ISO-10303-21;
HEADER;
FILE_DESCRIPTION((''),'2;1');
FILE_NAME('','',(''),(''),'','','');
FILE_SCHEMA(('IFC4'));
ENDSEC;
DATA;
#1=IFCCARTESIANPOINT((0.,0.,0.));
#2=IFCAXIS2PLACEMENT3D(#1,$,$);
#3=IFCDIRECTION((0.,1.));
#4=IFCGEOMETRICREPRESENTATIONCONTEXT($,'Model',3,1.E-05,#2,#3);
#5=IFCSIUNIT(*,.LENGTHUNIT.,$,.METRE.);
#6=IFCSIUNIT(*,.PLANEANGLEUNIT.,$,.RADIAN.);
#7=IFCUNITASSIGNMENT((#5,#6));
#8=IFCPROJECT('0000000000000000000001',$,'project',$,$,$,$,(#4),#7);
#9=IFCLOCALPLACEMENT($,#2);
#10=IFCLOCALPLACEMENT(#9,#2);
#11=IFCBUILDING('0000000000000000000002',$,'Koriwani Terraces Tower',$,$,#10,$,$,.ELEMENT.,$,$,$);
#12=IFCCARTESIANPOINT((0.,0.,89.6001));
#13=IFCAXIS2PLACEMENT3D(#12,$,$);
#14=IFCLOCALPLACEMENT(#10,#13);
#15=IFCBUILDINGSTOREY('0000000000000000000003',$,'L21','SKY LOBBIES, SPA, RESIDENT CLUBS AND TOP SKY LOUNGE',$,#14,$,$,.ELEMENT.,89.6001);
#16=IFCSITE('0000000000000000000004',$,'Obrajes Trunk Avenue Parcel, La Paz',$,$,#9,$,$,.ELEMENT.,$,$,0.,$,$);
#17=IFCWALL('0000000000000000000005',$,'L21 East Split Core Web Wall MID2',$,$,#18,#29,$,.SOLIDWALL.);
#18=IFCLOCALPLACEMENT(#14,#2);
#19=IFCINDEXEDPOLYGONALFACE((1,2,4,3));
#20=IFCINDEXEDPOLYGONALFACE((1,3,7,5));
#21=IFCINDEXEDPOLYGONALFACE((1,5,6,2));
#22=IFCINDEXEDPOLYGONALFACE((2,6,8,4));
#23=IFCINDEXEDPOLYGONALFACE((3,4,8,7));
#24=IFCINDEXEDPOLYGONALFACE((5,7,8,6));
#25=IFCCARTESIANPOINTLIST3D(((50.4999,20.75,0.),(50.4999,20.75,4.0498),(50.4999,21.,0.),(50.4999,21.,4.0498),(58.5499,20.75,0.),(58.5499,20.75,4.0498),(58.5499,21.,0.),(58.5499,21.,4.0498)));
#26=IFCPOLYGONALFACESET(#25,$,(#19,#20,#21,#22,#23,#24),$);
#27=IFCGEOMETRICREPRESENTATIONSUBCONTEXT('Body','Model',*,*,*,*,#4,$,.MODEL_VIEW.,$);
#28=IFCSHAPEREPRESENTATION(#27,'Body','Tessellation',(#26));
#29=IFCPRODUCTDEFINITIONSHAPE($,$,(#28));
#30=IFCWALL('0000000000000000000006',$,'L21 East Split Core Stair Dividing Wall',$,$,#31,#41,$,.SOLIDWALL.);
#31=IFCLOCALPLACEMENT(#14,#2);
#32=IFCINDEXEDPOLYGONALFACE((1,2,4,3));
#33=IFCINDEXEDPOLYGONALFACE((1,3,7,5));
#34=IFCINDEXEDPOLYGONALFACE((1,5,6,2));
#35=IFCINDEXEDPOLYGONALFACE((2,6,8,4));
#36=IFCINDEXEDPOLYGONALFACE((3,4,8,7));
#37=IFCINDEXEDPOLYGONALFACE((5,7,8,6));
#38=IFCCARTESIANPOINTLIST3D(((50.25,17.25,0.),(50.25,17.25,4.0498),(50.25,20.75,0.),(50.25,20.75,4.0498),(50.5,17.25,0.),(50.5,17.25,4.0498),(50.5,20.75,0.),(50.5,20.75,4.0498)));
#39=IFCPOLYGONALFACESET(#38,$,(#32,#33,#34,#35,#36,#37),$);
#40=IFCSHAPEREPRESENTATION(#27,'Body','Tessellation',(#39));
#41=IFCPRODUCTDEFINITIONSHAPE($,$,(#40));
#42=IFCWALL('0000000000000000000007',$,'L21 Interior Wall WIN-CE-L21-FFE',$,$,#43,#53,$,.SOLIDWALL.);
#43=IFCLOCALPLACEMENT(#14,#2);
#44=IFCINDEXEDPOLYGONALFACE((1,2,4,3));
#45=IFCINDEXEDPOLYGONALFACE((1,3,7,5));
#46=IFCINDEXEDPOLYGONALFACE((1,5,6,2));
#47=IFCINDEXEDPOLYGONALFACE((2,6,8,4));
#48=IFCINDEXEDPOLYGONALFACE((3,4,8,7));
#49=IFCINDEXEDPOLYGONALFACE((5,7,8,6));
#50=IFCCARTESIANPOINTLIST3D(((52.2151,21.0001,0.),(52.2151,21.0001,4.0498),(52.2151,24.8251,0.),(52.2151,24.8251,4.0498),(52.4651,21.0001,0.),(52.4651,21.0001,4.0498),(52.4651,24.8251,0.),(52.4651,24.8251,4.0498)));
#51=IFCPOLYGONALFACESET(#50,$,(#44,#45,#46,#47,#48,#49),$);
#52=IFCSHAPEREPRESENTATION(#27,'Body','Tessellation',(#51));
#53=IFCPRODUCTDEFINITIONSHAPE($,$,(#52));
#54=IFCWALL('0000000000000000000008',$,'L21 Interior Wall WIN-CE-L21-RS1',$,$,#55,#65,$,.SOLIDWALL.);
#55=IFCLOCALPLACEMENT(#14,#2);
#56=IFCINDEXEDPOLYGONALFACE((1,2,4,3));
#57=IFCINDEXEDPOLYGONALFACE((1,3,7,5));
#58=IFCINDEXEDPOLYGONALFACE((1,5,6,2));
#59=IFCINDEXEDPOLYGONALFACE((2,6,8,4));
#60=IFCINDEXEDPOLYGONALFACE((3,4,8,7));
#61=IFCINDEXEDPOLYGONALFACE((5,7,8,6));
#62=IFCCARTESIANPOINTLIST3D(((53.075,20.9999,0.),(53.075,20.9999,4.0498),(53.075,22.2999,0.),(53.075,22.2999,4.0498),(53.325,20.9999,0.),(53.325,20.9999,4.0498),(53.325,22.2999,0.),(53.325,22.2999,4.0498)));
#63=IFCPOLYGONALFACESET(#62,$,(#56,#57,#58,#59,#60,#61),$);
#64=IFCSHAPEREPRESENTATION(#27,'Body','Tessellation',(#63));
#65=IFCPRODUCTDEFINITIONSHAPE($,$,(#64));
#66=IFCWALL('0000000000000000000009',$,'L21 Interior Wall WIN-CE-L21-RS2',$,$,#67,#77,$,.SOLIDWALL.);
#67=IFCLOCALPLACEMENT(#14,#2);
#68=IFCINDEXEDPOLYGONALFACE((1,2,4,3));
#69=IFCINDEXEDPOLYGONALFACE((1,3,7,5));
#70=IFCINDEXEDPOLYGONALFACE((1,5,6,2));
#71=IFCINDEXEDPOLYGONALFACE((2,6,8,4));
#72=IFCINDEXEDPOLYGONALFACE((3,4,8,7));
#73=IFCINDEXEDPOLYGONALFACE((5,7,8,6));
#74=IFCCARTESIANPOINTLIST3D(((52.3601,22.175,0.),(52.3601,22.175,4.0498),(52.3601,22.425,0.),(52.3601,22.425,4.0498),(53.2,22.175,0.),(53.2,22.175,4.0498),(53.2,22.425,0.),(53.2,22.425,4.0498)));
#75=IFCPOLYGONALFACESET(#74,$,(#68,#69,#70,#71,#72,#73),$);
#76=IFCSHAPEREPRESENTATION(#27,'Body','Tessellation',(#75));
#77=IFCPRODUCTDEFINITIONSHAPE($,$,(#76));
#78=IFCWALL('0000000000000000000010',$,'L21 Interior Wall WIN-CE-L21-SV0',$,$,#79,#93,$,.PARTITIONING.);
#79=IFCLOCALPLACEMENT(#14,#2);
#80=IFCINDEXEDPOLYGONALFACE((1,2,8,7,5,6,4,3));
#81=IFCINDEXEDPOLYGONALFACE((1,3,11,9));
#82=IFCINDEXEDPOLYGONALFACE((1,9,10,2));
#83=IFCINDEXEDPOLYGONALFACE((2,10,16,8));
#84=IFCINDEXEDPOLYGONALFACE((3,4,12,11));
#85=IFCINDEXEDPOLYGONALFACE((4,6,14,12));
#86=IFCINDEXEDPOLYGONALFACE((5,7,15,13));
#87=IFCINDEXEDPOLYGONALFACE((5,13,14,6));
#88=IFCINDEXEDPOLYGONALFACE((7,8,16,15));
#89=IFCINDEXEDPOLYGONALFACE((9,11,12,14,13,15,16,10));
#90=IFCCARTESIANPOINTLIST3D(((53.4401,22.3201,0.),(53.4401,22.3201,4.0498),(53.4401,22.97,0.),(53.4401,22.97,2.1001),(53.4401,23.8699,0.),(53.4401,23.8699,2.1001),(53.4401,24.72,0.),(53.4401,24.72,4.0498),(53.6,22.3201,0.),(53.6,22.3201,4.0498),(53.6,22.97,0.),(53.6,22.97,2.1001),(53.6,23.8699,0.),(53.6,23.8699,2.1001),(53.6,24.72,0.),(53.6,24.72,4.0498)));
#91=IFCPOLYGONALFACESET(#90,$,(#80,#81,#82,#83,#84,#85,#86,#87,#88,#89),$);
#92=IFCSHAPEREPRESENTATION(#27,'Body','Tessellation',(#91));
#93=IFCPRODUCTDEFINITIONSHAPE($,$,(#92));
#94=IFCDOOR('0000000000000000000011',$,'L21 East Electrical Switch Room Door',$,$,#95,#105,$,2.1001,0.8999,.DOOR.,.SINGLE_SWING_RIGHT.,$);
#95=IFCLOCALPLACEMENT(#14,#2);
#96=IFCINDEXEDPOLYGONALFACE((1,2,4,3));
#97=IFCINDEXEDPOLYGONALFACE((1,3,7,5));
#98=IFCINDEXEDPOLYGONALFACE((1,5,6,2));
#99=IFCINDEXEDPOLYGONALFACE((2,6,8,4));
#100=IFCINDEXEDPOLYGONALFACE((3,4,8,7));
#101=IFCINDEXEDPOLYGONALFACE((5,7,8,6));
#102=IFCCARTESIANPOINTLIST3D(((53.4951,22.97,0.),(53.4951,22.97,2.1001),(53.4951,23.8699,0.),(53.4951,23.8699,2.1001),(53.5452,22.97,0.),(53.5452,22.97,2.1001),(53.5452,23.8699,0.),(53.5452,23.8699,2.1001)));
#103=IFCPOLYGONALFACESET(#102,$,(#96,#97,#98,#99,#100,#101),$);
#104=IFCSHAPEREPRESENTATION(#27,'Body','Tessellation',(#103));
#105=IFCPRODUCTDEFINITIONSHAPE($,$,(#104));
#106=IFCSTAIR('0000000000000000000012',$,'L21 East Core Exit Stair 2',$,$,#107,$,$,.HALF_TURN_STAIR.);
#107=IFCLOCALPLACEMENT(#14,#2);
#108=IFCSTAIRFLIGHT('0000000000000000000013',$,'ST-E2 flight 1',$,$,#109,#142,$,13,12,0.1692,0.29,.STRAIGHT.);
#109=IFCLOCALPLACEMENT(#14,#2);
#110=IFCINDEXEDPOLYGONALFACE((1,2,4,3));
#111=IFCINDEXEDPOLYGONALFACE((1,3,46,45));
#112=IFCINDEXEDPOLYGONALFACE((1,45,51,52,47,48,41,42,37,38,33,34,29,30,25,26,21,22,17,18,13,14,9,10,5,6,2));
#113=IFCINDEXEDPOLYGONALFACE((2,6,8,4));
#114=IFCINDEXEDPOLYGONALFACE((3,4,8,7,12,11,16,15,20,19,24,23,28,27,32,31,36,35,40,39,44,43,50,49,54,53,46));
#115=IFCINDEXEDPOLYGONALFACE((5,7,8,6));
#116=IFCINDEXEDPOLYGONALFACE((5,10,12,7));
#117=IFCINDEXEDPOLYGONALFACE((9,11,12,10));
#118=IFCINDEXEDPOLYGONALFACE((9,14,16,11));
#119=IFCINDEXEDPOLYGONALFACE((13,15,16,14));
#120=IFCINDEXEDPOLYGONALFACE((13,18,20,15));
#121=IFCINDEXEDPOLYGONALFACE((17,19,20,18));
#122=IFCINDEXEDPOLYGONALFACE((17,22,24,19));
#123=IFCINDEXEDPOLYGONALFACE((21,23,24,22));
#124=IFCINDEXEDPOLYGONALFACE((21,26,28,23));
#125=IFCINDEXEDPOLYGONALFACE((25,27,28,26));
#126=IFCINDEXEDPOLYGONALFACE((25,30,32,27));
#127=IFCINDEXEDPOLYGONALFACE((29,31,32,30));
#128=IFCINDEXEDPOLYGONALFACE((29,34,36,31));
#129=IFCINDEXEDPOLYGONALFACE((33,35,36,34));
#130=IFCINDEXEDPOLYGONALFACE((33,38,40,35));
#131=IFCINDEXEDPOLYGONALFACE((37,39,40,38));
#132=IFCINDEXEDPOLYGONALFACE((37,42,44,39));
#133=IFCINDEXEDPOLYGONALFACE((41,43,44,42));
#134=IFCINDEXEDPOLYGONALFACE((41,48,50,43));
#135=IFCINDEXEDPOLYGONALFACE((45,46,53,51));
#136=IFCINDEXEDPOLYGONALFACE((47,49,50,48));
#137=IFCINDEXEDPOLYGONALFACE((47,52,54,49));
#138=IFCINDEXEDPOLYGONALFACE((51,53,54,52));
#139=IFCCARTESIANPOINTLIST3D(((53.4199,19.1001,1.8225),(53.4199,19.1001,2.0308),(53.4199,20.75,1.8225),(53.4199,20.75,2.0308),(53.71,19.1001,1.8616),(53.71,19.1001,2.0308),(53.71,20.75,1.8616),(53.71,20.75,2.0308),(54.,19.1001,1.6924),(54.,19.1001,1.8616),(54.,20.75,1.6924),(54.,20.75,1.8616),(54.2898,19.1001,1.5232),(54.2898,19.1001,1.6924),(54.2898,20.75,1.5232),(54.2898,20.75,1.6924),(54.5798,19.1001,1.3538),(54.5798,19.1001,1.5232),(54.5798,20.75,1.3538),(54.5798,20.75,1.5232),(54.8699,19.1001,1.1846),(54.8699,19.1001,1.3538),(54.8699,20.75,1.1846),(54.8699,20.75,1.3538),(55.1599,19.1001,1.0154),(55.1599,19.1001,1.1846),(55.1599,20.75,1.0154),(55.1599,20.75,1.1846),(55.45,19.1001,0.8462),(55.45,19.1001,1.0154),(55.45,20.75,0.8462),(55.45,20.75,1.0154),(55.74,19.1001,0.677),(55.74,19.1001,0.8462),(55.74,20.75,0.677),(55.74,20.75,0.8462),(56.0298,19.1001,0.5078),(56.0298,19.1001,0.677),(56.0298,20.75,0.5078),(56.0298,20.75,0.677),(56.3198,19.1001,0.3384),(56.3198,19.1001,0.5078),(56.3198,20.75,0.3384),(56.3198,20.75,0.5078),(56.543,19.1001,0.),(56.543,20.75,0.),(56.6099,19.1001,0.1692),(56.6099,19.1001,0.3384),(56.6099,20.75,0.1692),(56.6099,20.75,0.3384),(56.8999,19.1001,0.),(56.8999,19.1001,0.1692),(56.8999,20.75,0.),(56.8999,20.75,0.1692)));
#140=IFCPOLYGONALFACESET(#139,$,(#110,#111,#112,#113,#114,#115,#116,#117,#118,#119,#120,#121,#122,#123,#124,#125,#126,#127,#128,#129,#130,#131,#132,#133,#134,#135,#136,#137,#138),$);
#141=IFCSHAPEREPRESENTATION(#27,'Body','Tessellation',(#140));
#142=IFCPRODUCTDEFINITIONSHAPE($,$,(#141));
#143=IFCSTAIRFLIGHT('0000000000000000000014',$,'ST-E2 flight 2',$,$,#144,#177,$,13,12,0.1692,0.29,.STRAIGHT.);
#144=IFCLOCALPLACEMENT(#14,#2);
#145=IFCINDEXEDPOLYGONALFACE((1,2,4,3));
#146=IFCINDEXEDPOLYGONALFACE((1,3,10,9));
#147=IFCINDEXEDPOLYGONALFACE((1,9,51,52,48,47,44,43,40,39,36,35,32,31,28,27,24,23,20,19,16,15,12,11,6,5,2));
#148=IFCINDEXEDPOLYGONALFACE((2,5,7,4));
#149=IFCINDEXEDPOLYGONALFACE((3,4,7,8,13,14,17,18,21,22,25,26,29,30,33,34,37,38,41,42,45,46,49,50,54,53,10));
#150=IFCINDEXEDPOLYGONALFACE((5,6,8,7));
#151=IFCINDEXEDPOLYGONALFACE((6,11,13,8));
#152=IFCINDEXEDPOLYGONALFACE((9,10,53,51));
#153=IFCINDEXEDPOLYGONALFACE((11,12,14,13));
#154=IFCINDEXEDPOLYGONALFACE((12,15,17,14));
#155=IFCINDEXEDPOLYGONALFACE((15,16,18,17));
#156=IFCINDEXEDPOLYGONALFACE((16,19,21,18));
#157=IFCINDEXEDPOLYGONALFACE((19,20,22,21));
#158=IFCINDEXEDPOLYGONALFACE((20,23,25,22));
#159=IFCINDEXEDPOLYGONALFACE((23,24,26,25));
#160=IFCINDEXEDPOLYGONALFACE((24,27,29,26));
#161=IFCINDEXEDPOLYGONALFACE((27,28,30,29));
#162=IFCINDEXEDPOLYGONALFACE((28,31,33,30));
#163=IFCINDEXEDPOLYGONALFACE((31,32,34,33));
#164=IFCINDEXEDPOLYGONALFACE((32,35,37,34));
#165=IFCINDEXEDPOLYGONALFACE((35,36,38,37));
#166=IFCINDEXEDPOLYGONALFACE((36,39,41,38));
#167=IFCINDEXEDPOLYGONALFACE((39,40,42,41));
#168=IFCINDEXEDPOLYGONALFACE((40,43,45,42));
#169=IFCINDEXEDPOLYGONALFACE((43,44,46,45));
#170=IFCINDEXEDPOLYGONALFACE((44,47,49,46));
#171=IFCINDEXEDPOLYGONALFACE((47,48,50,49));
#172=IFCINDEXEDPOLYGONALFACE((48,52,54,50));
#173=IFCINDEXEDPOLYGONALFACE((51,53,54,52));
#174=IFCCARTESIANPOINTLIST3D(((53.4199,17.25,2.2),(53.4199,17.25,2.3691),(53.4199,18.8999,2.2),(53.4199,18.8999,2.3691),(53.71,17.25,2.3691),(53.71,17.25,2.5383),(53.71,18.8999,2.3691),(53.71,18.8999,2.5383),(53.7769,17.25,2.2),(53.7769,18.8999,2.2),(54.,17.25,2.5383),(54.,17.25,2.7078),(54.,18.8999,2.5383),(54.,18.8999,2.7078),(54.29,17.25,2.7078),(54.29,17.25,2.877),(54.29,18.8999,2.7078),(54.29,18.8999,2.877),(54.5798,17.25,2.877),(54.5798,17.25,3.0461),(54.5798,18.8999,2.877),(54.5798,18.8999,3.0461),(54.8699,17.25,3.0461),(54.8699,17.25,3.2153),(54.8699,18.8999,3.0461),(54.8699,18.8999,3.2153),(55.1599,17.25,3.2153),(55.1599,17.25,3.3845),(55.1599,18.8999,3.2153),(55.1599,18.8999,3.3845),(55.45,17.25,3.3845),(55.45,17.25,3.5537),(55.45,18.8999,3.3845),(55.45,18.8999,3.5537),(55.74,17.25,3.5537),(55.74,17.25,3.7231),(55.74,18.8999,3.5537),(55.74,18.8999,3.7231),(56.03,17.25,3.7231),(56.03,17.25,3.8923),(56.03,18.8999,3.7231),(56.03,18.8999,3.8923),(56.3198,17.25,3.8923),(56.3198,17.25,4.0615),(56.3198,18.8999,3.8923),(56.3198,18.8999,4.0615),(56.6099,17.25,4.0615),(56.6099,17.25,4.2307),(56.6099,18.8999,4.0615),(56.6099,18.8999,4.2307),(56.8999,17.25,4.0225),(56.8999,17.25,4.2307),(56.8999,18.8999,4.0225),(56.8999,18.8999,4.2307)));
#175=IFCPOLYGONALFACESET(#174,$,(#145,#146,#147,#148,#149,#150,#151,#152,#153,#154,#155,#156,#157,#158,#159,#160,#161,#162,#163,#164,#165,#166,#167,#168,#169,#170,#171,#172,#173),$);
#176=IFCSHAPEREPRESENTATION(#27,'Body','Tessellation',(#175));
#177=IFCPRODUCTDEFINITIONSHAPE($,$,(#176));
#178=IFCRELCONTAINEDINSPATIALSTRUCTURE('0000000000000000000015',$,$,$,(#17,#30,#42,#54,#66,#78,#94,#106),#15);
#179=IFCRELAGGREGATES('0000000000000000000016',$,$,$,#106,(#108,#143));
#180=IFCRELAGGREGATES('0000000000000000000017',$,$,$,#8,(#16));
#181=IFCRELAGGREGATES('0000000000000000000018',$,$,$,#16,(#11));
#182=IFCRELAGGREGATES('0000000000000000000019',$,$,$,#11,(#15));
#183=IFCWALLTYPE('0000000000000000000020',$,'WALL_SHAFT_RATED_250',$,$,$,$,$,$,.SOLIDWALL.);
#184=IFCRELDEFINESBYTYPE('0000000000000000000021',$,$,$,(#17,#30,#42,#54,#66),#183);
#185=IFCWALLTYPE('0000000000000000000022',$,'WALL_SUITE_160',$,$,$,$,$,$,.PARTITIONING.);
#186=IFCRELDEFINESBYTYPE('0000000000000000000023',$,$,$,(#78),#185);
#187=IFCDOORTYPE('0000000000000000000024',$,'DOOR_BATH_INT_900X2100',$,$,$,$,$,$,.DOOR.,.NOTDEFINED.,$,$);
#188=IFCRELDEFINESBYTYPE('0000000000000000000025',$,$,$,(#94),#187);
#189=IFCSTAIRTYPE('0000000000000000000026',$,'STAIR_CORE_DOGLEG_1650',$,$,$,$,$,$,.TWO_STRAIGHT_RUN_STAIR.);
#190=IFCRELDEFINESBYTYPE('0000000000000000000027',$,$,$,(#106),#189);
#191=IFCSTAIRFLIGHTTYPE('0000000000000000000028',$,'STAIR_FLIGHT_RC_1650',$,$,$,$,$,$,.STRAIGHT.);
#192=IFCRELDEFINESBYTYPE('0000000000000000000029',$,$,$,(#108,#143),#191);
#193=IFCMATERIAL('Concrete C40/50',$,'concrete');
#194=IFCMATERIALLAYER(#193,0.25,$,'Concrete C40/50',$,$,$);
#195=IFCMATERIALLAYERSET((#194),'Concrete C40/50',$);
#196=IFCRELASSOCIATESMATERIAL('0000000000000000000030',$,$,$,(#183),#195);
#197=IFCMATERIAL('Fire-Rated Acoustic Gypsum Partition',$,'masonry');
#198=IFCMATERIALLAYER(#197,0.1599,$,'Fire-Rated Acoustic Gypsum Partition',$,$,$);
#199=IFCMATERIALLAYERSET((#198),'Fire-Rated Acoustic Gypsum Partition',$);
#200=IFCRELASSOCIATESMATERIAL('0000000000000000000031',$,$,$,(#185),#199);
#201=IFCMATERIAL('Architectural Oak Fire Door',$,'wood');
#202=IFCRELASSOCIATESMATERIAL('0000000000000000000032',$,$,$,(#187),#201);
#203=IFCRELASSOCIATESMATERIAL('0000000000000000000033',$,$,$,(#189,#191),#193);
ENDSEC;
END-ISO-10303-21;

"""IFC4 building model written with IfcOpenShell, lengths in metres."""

from ifc_helpers import new_model, si_unit, direction, frame, frame_2d, origin, place, context, subcontext, project, spatial, polyline, rectangle, outline, extrude, material, layer, layer_set, type_object, element, fill, aggregate, save


model = new_model("IFC4")

# Units and contexts
model_context = context("Model", 3, precision=1e-05, world=origin(), true_north=direction((0.0, 1.0)))
body_context = subcontext(model_context, "Body", "Model", "MODEL_VIEW")
ifc_project = project(units=[si_unit("LENGTHUNIT", "METRE"), si_unit("PLANEANGLEUNIT", "RADIAN")], contexts=[model_context])

# Site, building, storey
site_placement = place(None, origin())
site = spatial("IfcSite", under=ifc_project, at=site_placement, Name="Obrajes Trunk Avenue Parcel, La Paz", CompositionType="ELEMENT", RefElevation=0.0)
building_placement = place(site_placement, origin())
building = spatial("IfcBuilding", under=site, at=building_placement, Name="Koriwani Terraces Tower", CompositionType="ELEMENT")
storey_placement = place(building_placement, frame((0.0, 0.0, 89.6001)))
storey = spatial("IfcBuildingStorey", under=building, at=storey_placement, Name="L21", Description="SKY LOBBIES, SPA, RESIDENT CLUBS AND TOP SKY LOUNGE", CompositionType="ELEMENT", Elevation=89.6001)

# Shared definitions
ifc_material_1 = material(Name="Concrete C40/50", Category="concrete")

# Walls
ifc_layer_1 = layer(ifc_material_1, 0.25, Name="Concrete C40/50")
ifc_layer_set_1 = layer_set([ifc_layer_1], Name="Concrete C40/50")
wall_type_1 = type_object("IfcWallType", Name="WALL_SHAFT_RATED_250", PredefinedType="SOLIDWALL", material=ifc_layer_set_1)
wall_1_placement = place(storey_placement, frame((50.5, 20.875, 0.0), z_axis=(0.0, 0.0, 1.0), x_axis=(1.0, 0.0, 0.0)))
element("IfcWall", 1, at=wall_1_placement, inside=storey, type_object=wall_type_1, Name="L21 East Split Core Web Wall MID2", PredefinedType="SOLIDWALL", context=body_context, shape_type="SweptSolid", body=[
    extrude(rectangle(XDim=8.05, YDim=0.25, at=frame_2d((4.0249, 0.0))), origin(), (0.0, 0.0, 1.0), 4.0498),
])
wall_2_placement = place(storey_placement, frame((50.375, 17.25, 0.0), z_axis=(0.0, 0.0, 1.0), x_axis=(0.0, 1.0, 0.0)))
element("IfcWall", 2, at=wall_2_placement, inside=storey, type_object=wall_type_1, Name="L21 East Split Core Stair Dividing Wall", PredefinedType="SOLIDWALL", context=body_context, shape_type="SweptSolid", body=[
    extrude(rectangle(XDim=3.5, YDim=0.25, at=frame_2d((1.75, 0.0))), origin(), (0.0, 0.0, 1.0), 4.0498),
])

# Wall
wall_3_placement = place(storey_placement, frame((52.3401, 21.0, 0.0), z_axis=(0.0, 0.0, 1.0), x_axis=(0.0, 1.0, 0.0)))
element("IfcWall", 3, at=wall_3_placement, inside=storey, type_object=wall_type_1, Name="L21 Interior Wall WIN-CE-L21-FFE", PredefinedType="SOLIDWALL", context=body_context, shape_type="SweptSolid", body=[
    extrude(rectangle(XDim=3.825, YDim=0.25, at=frame_2d((1.9126, 0.0))), origin(), (0.0, 0.0, 1.0), 4.0498),
])

# Walls
wall_4_placement = place(storey_placement, frame((53.2, 21.0, 0.0), z_axis=(0.0, 0.0, 1.0), x_axis=(0.0, 1.0, 0.0)))
element("IfcWall", 4, at=wall_4_placement, inside=storey, type_object=wall_type_1, Name="L21 Interior Wall WIN-CE-L21-RS1", PredefinedType="SOLIDWALL", context=body_context, shape_type="SweptSolid", body=[
    extrude(rectangle(XDim=1.3, YDim=0.25, at=frame_2d((0.6499, 0.0))), origin(), (0.0, 0.0, 1.0), 4.0498),
])
wall_5_placement = place(storey_placement, frame((52.3601, 22.3, 0.0), z_axis=(0.0, 0.0, 1.0), x_axis=(1.0, 0.0, 0.0)))
element("IfcWall", 5, at=wall_5_placement, inside=storey, type_object=wall_type_1, Name="L21 Interior Wall WIN-CE-L21-RS2", PredefinedType="SOLIDWALL", context=body_context, shape_type="SweptSolid", body=[
    extrude(rectangle(XDim=0.8398, YDim=0.25, at=frame_2d((0.4199, 0.0))), origin(), (0.0, 0.0, 1.0), 4.0498),
])

# Wall, opening, door
ifc_material_2 = material(Name="Fire-Rated Acoustic Gypsum Partition", Category="masonry")
ifc_layer_2 = layer(ifc_material_2, 0.1599, Name="Fire-Rated Acoustic Gypsum Partition")
ifc_layer_set_2 = layer_set([ifc_layer_2], Name="Fire-Rated Acoustic Gypsum Partition")
wall_type_2 = type_object("IfcWallType", Name="WALL_SUITE_160", PredefinedType="PARTITIONING", material=ifc_layer_set_2)
wall_6_placement = place(storey_placement, frame((53.52, 22.3201, 0.0), z_axis=(0.0, 0.0, 1.0), x_axis=(0.0, 1.0, 0.0)))
wall_6 = element("IfcWall", 6, at=wall_6_placement, inside=storey, type_object=wall_type_2, Name="L21 Interior Wall WIN-CE-L21-SV0", PredefinedType="PARTITIONING", context=body_context, shape_type="SweptSolid", body=[
    extrude(rectangle(XDim=2.3999, YDim=0.1599, at=frame_2d((1.2, 0.0))), origin(), (0.0, 0.0, 1.0), 4.0498),
])
opening_1_placement = place(wall_6_placement, frame((0.6499, 0.0, 0.0)))
opening_1 = element("IfcOpeningElement", 7, at=opening_1_placement, cuts=wall_6, PredefinedType="OPENING", context=body_context, shape_type="SweptSolid", body=[
    extrude(rectangle(XDim=0.8999, YDim=2.1001, at=frame_2d((0.45, 1.05))), frame((0.0, 0.0898, 0.0), z_axis=(0.0, -1.0, 0.0), x_axis=(1.0, 0.0, 0.0)), (0.0, 0.0, 1.0), 0.1799),
])
ifc_material_3 = material(Name="Architectural Oak Fire Door", Category="wood")
door_type_1 = type_object("IfcDoorType", Name="DOOR_BATH_INT_900X2100", OperationType="NOTDEFINED", PredefinedType="DOOR", material=ifc_material_3)
door_1_placement = place(opening_1_placement, origin())
door_1 = element("IfcDoor", 8, at=door_1_placement, inside=storey, type_object=door_type_1, Name="L21 East Electrical Switch Room Door", OperationType="SINGLE_SWING_RIGHT", OverallHeight=2.1001, OverallWidth=0.8999, PredefinedType="DOOR", context=body_context, shape_type="SweptSolid", body=[
    extrude(rectangle(XDim=0.8999, YDim=2.1001, at=frame_2d((0.45, 1.05))), frame((0.0, 0.0249, 0.0), z_axis=(0.0, -1.0, 0.0), x_axis=(1.0, 0.0, 0.0)), (0.0, 0.0, 1.0), 0.05),
])
fill(opening_1, door_1)

# Stair, stair flights
stair_type = type_object("IfcStairType", Name="STAIR_CORE_DOGLEG_1650", PredefinedType="TWO_STRAIGHT_RUN_STAIR", material=ifc_material_1)
stair_placement = place(storey_placement, origin())
stair = element("IfcStair", 9, at=stair_placement, inside=storey, type_object=stair_type, Name="L21 East Core Exit Stair 2", PredefinedType="HALF_TURN_STAIR")
stair_flight_type = type_object("IfcStairFlightType", Name="STAIR_FLIGHT_RC_1650", PredefinedType="STRAIGHT", material=ifc_material_1)
stair_flight_1_placement = place(storey_placement, frame((56.8999, 19.925, 0.0), z_axis=(0.0, 0.0, 1.0), x_axis=(-1.0, 0.0, 0.0)))
stair_flight_1 = element("IfcStairFlight", 10, at=stair_flight_1_placement, type_object=stair_flight_type, Name="ST-E2 flight 1", NumberOfRisers=13, NumberOfTreads=12, PredefinedType="STRAIGHT", RiserHeight=0.1692, TreadLength=0.29, context=body_context, shape_type="SweptSolid", body=[
    extrude(outline(polyline([(0.0, 0.0), (0.0, 0.1692), (0.29, 0.1692), (0.29, 0.3384), (0.5801, 0.3384), (0.5801, 0.5078), (0.8701, 0.5078), (0.8701, 0.677), (1.1599, 0.677), (1.1599, 0.8462), (1.45, 0.8462), (1.45, 1.0154), (1.74, 1.0154), (1.74, 1.1846), (2.03, 1.1846), (2.03, 1.3538), (2.3201, 1.3538), (2.3201, 1.5232), (2.6101, 1.5232), (2.6101, 1.6924), (2.8999, 1.6924), (2.8999, 1.8616), (3.1899, 1.8616), (3.1899, 2.0308), (3.48, 2.0308), (3.48, 2.2), (3.48, 1.8225), (0.3569, 0.0), (0.0, 0.0)])), frame((0.0, 0.825, 0.0), z_axis=(0.0, -1.0, 0.0), x_axis=(1.0, 0.0, 0.0)), (0.0, 0.0, 1.0), 1.6499),
])
stair_flight_2_placement = place(storey_placement, frame((53.4199, 18.075, 2.2), z_axis=(0.0, 0.0, 1.0), x_axis=(1.0, 0.0, 0.0)))
stair_flight_2 = element("IfcStairFlight", 11, at=stair_flight_2_placement, type_object=stair_flight_type, Name="ST-E2 flight 2", NumberOfRisers=13, NumberOfTreads=12, PredefinedType="STRAIGHT", RiserHeight=0.1692, TreadLength=0.29, context=body_context, shape_type="SweptSolid", body=[
    extrude(outline(polyline([(0.0, 0.0), (0.0, 0.1692), (0.29, 0.1692), (0.29, 0.3384), (0.5801, 0.3384), (0.5801, 0.5078), (0.8701, 0.5078), (0.8701, 0.677), (1.1599, 0.677), (1.1599, 0.8462), (1.45, 0.8462), (1.45, 1.0154), (1.74, 1.0154), (1.74, 1.1846), (2.03, 1.1846), (2.03, 1.3538), (2.3201, 1.3538), (2.3201, 1.5232), (2.6101, 1.5232), (2.6101, 1.6924), (2.8999, 1.6924), (2.8999, 1.8616), (3.1899, 1.8616), (3.1899, 2.0308), (3.48, 2.0308), (3.48, 2.2), (3.48, 1.8225), (0.3569, 0.0), (0.0, 0.0)])), frame((0.0, 0.825, 0.0), z_axis=(0.0, -1.0, 0.0), x_axis=(1.0, 0.0, 0.0)), (0.0, 0.0, 1.0), 1.6499),
])
aggregate(stair, [stair_flight_1, stair_flight_2])

save(model, "model.ifc")
